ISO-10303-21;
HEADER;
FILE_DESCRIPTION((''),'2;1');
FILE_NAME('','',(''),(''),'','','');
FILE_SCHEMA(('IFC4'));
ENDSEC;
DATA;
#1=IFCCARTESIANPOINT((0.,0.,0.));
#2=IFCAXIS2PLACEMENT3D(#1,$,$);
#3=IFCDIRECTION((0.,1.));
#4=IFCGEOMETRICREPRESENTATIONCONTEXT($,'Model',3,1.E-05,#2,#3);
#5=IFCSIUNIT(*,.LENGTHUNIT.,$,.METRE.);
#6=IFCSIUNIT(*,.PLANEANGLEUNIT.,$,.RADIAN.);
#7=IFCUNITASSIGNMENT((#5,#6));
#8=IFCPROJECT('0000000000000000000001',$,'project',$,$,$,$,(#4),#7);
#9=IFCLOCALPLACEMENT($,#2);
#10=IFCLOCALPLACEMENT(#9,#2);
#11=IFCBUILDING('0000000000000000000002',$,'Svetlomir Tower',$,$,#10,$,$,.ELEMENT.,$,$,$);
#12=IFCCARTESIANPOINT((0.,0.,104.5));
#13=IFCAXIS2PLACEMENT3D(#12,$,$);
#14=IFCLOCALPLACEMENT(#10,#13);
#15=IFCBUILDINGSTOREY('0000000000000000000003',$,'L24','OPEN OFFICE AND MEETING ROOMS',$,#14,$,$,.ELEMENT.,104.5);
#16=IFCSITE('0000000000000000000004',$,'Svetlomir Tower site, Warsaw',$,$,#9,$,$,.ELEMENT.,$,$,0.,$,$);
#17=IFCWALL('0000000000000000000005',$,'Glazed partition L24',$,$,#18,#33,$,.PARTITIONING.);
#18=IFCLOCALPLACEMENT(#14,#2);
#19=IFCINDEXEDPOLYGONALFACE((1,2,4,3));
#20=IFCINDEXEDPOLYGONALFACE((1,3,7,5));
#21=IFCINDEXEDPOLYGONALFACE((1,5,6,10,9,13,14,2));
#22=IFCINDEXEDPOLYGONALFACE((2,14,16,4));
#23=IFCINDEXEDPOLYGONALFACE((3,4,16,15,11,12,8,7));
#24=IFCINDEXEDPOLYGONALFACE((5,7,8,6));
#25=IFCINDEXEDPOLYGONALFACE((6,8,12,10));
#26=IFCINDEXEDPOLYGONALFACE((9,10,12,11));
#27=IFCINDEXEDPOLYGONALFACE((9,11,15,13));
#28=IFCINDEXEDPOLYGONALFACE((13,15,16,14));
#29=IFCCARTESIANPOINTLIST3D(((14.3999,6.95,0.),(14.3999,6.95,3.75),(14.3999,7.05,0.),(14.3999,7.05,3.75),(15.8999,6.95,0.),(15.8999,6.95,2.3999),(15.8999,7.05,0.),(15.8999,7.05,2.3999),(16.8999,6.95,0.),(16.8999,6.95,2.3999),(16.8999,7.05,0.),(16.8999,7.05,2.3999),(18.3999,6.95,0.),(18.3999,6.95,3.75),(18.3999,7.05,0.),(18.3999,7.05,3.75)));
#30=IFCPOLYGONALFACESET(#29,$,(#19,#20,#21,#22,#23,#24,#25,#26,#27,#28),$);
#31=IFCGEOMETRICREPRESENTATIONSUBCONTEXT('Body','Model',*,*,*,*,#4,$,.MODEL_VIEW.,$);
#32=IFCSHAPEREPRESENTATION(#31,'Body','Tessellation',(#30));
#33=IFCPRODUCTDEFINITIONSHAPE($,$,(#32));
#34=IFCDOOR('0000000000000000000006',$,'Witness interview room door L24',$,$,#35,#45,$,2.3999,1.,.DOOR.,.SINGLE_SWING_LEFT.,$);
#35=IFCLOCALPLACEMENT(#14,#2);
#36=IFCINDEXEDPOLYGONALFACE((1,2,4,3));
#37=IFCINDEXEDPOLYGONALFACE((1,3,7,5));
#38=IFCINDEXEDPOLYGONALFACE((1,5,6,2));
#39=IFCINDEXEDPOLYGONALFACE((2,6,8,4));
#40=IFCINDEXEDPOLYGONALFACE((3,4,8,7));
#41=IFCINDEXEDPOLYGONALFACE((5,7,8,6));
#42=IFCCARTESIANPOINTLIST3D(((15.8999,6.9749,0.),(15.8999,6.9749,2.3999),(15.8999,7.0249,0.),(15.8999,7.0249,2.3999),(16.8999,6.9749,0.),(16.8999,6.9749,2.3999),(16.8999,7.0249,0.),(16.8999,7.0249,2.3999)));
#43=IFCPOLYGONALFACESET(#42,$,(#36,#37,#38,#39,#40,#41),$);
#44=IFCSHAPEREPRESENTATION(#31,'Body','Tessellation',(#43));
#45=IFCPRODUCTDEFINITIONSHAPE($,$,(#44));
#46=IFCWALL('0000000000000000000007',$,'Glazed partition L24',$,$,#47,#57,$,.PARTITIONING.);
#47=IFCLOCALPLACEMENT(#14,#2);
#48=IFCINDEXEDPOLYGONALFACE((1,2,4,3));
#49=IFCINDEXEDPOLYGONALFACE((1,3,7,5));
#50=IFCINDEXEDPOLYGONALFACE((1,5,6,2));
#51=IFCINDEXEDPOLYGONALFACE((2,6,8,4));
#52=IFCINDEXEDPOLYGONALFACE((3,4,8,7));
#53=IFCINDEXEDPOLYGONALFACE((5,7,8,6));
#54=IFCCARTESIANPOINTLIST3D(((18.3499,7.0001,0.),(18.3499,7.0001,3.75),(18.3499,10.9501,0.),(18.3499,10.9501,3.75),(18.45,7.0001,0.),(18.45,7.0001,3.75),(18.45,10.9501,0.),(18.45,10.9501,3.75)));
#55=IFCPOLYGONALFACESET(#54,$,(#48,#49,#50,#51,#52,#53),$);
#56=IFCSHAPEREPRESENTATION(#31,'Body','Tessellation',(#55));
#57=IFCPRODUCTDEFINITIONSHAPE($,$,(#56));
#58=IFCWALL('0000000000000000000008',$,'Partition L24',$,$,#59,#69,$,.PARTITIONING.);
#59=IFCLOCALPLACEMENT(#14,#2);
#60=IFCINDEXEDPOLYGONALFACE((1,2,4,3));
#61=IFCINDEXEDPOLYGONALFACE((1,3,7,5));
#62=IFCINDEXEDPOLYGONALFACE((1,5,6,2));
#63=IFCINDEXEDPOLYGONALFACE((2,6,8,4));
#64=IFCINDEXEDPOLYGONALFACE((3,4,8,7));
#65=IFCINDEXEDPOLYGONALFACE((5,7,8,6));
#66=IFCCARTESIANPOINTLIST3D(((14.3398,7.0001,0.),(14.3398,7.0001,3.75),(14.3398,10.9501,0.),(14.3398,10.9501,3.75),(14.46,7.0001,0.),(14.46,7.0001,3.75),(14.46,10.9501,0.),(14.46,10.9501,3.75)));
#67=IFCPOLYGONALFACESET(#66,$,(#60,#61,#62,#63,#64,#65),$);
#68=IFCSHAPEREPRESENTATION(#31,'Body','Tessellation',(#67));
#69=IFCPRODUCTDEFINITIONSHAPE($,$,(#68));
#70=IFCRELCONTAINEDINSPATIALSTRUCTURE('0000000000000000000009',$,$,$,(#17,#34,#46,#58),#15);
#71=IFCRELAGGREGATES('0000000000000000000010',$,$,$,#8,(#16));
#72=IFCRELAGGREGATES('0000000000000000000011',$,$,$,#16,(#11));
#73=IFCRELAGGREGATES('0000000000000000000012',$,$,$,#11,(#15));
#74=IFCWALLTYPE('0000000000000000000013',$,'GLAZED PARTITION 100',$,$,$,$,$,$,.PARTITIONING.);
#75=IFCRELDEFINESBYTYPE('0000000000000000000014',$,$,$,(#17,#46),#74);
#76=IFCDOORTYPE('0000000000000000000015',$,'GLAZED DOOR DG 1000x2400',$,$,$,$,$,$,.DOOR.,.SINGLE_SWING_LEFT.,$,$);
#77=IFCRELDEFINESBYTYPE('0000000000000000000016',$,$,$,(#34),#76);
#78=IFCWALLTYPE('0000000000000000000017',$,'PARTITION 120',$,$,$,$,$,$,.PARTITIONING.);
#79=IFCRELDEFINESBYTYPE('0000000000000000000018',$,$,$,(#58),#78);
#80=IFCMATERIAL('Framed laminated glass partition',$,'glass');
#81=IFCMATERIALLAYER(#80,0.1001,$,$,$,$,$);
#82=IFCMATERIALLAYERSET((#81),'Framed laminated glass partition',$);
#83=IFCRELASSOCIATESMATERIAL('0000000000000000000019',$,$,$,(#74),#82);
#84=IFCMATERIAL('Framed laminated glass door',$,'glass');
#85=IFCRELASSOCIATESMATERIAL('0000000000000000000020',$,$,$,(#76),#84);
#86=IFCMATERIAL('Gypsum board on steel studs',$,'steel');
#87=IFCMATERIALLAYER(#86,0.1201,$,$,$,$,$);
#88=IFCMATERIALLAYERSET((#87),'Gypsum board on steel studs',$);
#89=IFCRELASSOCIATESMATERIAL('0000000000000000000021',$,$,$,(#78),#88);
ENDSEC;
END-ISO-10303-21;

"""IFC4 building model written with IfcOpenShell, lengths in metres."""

from ifc_helpers import new_model, si_unit, direction, frame, frame_2d, origin, place, context, subcontext, project, spatial, rectangle, extrude, material, layer, layer_set, type_object, element, fill, save


model = new_model("IFC4")

# Units and contexts
model_context = context("Model", 3, precision=1e-05, world=origin(), true_north=direction((0.0, 1.0)))
body_context = subcontext(model_context, "Body", "Model", "MODEL_VIEW")
ifc_project = project(units=[si_unit("LENGTHUNIT", "METRE"), si_unit("PLANEANGLEUNIT", "RADIAN")], contexts=[model_context])

# Site, building, storey
site_placement = place(None, origin())
site = spatial("IfcSite", under=ifc_project, at=site_placement, Name="Svetlomir Tower site, Warsaw", CompositionType="ELEMENT", RefElevation=0.0)
building_placement = place(site_placement, origin())
building = spatial("IfcBuilding", under=site, at=building_placement, Name="Svetlomir Tower", CompositionType="ELEMENT")
storey_placement = place(building_placement, frame((0.0, 0.0, 104.5)))
storey = spatial("IfcBuildingStorey", under=building, at=storey_placement, Name="L24", Description="OPEN OFFICE AND MEETING ROOMS", CompositionType="ELEMENT", Elevation=104.5)

# Wall, opening, door
ifc_material_1 = material(Name="Framed laminated glass partition", Category="glass")
ifc_layer_1 = layer(ifc_material_1, 0.1001)
ifc_layer_set_1 = layer_set([ifc_layer_1], Name="Framed laminated glass partition")
wall_type_1 = type_object("IfcWallType", Name="GLAZED PARTITION 100", PredefinedType="PARTITIONING", material=ifc_layer_set_1)
wall_1_placement = place(storey_placement, frame((14.3999, 7.0, 0.0), z_axis=(0.0, 0.0, 1.0), x_axis=(1.0, 0.0, 0.0)))
wall_1 = element("IfcWall", 1, at=wall_1_placement, inside=storey, type_object=wall_type_1, Name="Glazed partition L24", PredefinedType="PARTITIONING", context=body_context, shape_type="SweptSolid", body=[
    extrude(rectangle(XDim=4.0, YDim=0.1001, at=frame_2d((2.0, 0.0))), origin(), (0.0, 0.0, 1.0), 3.75),
])
opening_1_placement = place(wall_1_placement, frame((1.5, 0.0, 0.0)))
opening_1 = element("IfcOpeningElement", 2, at=opening_1_placement, cuts=wall_1, PredefinedType="OPENING", context=body_context, shape_type="SweptSolid", body=[
    extrude(rectangle(XDim=1.0, YDim=2.3999, at=frame_2d((0.5, 1.2))), frame((0.0, 0.0601, 0.0), z_axis=(0.0, -1.0, 0.0), x_axis=(1.0, 0.0, 0.0)), (0.0, 0.0, 1.0), 0.1201),
])
ifc_material_2 = material(Name="Framed laminated glass door", Category="glass")
door_type_1 = type_object("IfcDoorType", Name="GLAZED DOOR DG 1000x2400", OperationType="SINGLE_SWING_LEFT", PredefinedType="DOOR", material=ifc_material_2)
door_1_placement = place(opening_1_placement, origin())
door_1 = element("IfcDoor", 3, at=door_1_placement, inside=storey, type_object=door_type_1, Name="Witness interview room door L24", OperationType="SINGLE_SWING_LEFT", OverallHeight=2.3999, OverallWidth=1.0, PredefinedType="DOOR", context=body_context, shape_type="SweptSolid", body=[
    extrude(rectangle(XDim=1.0, YDim=2.3999, at=frame_2d((0.5, 1.2))), frame((0.0, 0.0249, 0.0), z_axis=(0.0, -1.0, 0.0), x_axis=(1.0, 0.0, 0.0)), (0.0, 0.0, 1.0), 0.05),
])
fill(opening_1, door_1)

# Walls
wall_2_placement = place(storey_placement, frame((18.3999, 7.0, 0.0), z_axis=(0.0, 0.0, 1.0), x_axis=(0.0, 1.0, 0.0)))
element("IfcWall", 4, at=wall_2_placement, inside=storey, type_object=wall_type_1, Name="Glazed partition L24", PredefinedType="PARTITIONING", context=body_context, shape_type="SweptSolid", body=[
    extrude(rectangle(XDim=3.95, YDim=0.1001, at=frame_2d((1.9751, 0.0))), origin(), (0.0, 0.0, 1.0), 3.75),
])
ifc_material_3 = material(Name="Gypsum board on steel studs", Category="steel")
ifc_layer_2 = layer(ifc_material_3, 0.1201)
ifc_layer_set_2 = layer_set([ifc_layer_2], Name="Gypsum board on steel studs")
wall_type_2 = type_object("IfcWallType", Name="PARTITION 120", PredefinedType="PARTITIONING", material=ifc_layer_set_2)
wall_3_placement = place(storey_placement, frame((14.3999, 7.0, 0.0), z_axis=(0.0, 0.0, 1.0), x_axis=(0.0, 1.0, 0.0)))
element("IfcWall", 5, at=wall_3_placement, inside=storey, type_object=wall_type_2, Name="Partition L24", PredefinedType="PARTITIONING", context=body_context, shape_type="SweptSolid", body=[
    extrude(rectangle(XDim=3.95, YDim=0.1201, at=frame_2d((1.9751, 0.0))), origin(), (0.0, 0.0, 1.0), 3.75),
])

save(model, "model.ifc")
